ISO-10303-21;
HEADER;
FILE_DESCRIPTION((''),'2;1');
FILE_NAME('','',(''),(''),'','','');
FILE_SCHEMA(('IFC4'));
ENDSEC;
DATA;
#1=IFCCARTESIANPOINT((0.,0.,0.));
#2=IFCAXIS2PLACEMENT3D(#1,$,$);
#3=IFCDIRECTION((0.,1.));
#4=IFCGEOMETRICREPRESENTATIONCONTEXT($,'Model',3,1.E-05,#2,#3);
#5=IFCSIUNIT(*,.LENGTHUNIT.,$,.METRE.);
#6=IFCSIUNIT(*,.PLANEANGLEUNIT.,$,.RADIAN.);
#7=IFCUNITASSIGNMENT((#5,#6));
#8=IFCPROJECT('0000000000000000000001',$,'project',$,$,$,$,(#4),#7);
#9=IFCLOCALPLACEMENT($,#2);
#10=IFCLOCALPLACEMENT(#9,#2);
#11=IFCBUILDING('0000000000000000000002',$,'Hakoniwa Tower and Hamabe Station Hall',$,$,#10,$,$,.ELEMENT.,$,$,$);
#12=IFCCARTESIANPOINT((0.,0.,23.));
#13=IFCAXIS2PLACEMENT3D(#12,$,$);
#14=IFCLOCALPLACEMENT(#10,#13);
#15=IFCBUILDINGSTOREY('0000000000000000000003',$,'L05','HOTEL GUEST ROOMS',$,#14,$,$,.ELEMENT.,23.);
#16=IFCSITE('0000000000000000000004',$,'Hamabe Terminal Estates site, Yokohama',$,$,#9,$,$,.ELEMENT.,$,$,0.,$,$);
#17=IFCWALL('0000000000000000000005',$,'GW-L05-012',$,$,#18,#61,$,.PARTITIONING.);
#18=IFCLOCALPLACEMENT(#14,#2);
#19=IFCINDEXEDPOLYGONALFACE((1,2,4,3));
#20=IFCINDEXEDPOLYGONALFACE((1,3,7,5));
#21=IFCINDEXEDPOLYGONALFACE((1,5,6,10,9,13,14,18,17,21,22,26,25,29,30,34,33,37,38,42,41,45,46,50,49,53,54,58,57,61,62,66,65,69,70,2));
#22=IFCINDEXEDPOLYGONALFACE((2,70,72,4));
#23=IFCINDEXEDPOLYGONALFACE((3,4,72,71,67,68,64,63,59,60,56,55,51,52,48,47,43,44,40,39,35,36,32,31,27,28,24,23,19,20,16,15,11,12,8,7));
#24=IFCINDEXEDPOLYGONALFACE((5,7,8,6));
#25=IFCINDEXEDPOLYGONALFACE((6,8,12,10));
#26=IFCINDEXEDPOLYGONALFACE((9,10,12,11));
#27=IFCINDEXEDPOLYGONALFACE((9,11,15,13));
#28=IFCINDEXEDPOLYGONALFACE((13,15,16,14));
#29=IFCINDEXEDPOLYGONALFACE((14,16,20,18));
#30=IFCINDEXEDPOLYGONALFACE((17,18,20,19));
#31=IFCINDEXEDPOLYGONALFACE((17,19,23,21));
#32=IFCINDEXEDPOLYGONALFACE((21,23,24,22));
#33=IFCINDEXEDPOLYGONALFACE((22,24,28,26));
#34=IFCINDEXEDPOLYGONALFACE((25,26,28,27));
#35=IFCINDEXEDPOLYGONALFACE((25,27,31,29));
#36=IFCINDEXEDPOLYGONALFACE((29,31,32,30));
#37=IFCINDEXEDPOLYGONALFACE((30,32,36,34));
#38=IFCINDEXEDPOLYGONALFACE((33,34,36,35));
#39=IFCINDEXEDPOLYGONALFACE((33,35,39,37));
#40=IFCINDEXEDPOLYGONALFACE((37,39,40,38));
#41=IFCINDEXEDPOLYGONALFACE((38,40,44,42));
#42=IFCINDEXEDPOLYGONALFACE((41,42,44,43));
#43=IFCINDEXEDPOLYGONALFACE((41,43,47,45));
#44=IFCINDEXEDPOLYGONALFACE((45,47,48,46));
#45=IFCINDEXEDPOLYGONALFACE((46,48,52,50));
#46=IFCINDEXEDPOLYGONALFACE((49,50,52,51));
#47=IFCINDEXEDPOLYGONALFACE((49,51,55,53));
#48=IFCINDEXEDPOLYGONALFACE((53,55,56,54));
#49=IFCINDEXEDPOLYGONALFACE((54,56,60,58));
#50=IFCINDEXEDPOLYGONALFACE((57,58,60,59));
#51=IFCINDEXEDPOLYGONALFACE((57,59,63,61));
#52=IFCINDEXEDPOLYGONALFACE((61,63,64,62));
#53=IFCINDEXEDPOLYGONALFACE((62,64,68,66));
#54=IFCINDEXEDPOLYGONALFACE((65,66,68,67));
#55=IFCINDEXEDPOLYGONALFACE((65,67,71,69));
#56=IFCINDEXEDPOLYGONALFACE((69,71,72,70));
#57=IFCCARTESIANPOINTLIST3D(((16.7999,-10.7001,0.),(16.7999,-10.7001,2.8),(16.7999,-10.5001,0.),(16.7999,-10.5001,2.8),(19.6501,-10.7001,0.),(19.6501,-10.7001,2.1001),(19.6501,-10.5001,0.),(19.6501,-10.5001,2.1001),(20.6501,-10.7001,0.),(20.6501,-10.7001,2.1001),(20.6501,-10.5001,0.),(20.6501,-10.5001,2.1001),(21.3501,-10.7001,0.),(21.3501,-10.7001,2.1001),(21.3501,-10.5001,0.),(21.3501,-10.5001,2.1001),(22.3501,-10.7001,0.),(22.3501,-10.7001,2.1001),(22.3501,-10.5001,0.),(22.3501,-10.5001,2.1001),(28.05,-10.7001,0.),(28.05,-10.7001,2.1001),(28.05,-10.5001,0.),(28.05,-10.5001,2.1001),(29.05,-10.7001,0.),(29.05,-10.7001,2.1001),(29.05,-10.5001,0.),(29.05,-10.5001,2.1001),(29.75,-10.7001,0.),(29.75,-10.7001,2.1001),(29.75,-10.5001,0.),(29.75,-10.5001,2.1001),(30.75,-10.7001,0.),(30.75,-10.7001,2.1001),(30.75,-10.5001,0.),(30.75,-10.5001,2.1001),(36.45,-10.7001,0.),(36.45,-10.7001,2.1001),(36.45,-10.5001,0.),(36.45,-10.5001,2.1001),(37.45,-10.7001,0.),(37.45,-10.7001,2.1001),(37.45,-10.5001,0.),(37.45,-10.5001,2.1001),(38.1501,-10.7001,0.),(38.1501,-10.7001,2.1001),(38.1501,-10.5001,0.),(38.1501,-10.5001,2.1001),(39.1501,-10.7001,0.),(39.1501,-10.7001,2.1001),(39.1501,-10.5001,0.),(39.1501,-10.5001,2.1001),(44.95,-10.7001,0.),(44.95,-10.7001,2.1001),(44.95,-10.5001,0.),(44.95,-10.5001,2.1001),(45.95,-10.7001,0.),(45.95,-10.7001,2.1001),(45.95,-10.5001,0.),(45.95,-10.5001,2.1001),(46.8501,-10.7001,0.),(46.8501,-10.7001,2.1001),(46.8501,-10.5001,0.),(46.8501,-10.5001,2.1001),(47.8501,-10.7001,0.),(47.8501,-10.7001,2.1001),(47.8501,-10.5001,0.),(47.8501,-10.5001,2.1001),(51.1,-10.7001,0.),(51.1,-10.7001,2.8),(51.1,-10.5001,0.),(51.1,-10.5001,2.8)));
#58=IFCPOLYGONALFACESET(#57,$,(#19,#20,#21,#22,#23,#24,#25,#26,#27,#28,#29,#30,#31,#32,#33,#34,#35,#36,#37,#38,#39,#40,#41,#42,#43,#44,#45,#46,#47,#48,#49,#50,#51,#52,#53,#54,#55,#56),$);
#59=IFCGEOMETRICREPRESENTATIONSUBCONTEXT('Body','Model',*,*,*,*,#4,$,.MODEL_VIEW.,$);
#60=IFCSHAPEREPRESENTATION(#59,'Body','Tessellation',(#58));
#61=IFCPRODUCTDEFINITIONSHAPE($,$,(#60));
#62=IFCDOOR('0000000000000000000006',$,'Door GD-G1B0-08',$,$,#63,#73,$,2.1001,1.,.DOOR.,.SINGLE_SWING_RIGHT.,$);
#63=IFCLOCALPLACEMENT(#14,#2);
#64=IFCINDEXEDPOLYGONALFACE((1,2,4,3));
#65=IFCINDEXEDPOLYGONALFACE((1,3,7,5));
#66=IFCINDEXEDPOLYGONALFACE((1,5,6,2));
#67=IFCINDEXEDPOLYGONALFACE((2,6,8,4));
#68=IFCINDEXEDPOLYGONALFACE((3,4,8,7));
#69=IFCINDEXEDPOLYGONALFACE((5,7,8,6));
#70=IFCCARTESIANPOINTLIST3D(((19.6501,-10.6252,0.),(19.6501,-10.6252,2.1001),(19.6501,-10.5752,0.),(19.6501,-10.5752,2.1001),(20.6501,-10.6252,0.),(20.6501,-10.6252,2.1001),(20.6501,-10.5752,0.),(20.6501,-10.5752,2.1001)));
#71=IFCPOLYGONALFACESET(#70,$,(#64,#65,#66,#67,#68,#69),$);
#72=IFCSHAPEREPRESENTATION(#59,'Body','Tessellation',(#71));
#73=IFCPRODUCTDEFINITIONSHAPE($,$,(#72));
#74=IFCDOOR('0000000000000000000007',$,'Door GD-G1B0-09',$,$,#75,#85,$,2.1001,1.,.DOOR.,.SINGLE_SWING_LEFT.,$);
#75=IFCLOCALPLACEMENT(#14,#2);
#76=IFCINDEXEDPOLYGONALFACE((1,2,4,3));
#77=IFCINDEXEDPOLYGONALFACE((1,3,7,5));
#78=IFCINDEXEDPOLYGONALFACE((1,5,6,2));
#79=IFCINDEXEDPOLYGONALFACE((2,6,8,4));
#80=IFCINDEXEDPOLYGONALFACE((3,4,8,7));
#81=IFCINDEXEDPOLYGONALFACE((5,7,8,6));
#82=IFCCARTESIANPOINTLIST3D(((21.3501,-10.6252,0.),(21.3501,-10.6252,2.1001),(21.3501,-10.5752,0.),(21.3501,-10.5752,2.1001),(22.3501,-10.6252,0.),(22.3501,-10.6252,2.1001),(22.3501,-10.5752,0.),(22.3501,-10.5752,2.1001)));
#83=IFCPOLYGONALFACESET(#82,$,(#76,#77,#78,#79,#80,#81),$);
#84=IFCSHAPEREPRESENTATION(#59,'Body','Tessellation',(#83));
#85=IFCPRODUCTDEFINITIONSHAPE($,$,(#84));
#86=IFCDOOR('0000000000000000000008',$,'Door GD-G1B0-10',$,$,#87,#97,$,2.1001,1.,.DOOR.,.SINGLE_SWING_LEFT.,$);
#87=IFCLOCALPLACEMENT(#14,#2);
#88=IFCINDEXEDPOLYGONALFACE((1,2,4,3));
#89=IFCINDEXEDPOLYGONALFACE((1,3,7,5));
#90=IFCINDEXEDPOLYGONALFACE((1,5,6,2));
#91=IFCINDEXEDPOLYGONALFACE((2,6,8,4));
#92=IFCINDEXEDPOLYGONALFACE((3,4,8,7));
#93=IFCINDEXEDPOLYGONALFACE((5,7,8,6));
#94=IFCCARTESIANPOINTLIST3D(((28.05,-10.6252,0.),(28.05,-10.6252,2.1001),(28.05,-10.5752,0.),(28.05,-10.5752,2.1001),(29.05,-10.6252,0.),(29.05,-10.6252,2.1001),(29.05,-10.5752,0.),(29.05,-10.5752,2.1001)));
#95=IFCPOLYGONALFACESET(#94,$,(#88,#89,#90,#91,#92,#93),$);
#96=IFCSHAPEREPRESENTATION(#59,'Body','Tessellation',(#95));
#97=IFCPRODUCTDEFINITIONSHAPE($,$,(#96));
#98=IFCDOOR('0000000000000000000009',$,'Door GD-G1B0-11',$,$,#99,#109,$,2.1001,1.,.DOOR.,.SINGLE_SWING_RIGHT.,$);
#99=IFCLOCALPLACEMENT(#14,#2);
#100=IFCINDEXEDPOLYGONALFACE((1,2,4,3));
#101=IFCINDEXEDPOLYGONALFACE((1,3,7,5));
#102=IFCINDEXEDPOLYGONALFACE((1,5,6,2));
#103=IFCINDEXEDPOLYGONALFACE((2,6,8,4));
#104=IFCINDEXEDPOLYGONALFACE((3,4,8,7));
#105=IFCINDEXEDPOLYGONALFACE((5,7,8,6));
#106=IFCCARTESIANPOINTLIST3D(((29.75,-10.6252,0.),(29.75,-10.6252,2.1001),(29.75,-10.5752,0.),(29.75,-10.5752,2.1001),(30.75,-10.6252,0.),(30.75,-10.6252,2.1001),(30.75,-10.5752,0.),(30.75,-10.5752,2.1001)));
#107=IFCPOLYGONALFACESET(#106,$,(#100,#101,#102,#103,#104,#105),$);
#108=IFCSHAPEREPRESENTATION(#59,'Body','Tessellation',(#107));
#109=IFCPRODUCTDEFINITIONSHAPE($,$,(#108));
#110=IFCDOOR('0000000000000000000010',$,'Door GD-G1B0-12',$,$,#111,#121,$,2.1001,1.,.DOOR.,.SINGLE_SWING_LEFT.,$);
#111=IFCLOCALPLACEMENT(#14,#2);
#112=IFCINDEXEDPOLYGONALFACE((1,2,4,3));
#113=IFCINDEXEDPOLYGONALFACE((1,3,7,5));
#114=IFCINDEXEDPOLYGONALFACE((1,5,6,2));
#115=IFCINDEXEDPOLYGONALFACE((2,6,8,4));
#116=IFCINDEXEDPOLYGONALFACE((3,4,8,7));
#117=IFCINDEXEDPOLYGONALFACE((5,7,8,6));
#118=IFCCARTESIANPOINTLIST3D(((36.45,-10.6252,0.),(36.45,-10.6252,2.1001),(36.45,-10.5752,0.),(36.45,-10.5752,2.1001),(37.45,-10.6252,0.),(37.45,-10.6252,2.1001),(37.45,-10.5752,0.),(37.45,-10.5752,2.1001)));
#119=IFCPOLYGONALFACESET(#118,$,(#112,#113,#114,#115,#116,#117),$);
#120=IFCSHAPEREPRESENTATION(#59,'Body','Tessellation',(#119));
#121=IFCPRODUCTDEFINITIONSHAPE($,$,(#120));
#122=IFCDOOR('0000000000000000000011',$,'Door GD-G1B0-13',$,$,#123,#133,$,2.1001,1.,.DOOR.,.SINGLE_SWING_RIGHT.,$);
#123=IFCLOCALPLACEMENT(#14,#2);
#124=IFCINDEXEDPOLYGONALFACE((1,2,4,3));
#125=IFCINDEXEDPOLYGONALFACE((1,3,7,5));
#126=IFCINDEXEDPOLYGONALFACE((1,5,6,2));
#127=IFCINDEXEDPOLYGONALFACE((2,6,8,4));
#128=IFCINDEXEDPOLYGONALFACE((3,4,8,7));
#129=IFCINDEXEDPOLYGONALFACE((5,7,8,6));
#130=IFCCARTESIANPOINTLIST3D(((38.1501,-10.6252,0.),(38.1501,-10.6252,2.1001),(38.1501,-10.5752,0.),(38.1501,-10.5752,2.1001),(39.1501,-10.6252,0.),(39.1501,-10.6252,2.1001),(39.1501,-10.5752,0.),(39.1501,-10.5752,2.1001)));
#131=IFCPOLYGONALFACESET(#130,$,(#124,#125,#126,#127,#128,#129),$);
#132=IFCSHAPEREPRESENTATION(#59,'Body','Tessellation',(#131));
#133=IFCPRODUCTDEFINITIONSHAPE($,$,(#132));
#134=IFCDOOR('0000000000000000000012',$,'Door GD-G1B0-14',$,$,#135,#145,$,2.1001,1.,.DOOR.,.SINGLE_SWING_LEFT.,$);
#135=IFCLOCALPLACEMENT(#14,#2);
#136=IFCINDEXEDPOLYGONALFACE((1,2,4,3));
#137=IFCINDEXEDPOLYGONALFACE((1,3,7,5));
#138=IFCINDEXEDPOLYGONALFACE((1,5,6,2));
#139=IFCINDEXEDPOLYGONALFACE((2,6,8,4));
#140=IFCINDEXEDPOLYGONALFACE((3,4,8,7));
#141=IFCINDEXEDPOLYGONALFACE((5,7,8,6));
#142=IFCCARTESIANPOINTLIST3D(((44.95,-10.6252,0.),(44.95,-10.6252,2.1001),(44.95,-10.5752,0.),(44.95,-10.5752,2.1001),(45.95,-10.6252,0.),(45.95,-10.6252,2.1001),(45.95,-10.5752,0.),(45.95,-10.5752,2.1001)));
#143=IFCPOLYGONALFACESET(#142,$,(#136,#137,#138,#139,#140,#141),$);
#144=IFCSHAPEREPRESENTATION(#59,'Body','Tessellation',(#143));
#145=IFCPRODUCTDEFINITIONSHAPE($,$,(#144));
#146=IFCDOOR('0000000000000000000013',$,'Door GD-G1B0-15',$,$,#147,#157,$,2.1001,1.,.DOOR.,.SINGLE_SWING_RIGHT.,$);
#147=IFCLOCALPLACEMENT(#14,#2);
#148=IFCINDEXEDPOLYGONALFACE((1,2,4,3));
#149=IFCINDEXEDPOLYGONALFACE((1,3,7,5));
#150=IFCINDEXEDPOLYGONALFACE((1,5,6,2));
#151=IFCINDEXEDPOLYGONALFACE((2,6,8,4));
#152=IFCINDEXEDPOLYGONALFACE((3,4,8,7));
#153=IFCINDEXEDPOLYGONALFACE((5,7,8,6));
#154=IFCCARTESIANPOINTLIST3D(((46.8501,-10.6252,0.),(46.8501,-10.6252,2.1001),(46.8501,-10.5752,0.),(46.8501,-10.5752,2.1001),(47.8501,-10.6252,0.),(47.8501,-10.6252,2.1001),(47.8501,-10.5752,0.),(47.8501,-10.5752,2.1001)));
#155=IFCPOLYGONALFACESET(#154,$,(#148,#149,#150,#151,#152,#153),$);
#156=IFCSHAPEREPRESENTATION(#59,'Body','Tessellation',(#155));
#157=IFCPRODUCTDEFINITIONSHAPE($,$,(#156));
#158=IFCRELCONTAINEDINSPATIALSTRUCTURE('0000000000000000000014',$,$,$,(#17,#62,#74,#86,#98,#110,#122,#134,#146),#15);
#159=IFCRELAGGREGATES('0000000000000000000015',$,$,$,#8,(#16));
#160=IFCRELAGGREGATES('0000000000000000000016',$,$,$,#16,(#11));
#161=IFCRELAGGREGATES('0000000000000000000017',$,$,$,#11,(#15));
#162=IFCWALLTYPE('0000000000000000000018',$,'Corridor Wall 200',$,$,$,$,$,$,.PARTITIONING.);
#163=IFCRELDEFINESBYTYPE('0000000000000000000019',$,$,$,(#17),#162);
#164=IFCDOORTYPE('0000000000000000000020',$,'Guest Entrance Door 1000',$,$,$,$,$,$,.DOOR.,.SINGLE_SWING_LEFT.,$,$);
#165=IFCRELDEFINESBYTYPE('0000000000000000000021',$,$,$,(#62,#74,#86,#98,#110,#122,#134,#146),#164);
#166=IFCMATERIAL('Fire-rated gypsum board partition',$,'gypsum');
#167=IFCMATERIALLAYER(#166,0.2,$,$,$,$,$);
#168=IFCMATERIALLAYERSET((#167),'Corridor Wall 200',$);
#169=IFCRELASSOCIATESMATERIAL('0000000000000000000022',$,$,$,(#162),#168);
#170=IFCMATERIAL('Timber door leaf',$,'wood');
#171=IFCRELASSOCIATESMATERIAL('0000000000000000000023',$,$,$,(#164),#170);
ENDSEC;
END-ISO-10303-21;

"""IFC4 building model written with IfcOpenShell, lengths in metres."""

from ifc_helpers import new_model, si_unit, direction, frame, frame_2d, origin, place, context, subcontext, project, spatial, rectangle, extrude, material, layer, layer_set, type_object, element, fill, save


model = new_model("IFC4")

# Units and contexts
model_context = context("Model", 3, precision=1e-05, world=origin(), true_north=direction((0.0, 1.0)))
body_context = subcontext(model_context, "Body", "Model", "MODEL_VIEW")
ifc_project = project(units=[si_unit("LENGTHUNIT", "METRE"), si_unit("PLANEANGLEUNIT", "RADIAN")], contexts=[model_context])

# Site, building, storey
site_placement = place(None, origin())
site = spatial("IfcSite", under=ifc_project, at=site_placement, Name="Hamabe Terminal Estates site, Yokohama", CompositionType="ELEMENT", RefElevation=0.0)
building_placement = place(site_placement, origin())
building = spatial("IfcBuilding", under=site, at=building_placement, Name="Hakoniwa Tower and Hamabe Station Hall", CompositionType="ELEMENT")
storey_placement = place(building_placement, frame((0.0, 0.0, 23.0)))
storey = spatial("IfcBuildingStorey", under=building, at=storey_placement, Name="L05", Description="HOTEL GUEST ROOMS", CompositionType="ELEMENT", Elevation=23.0)

# Wall, openings, doors
ifc_material_1 = material(Name="Fire-rated gypsum board partition", Category="gypsum")
ifc_layer_1 = layer(ifc_material_1, 0.2)
ifc_layer_set_1 = layer_set([ifc_layer_1], Name="Corridor Wall 200")
wall_type_1 = type_object("IfcWallType", Name="Corridor Wall 200", PredefinedType="PARTITIONING", material=ifc_layer_set_1)
wall_1_placement = place(storey_placement, frame((16.8, -10.6001, 0.0), z_axis=(0.0, 0.0, 1.0), x_axis=(1.0, 0.0, 0.0)))
wall_1 = element("IfcWall", 1, at=wall_1_placement, inside=storey, type_object=wall_type_1, Name="GW-L05-012", PredefinedType="PARTITIONING", context=body_context, shape_type="SweptSolid", body=[
    extrude(rectangle(XDim=34.3, YDim=0.2, at=frame_2d((17.1499, 0.0))), origin(), (0.0, 0.0, 1.0), 2.8),
])
opening_1_placement = place(wall_1_placement, frame((2.8501, 0.0, 0.0)))
opening_1 = element("IfcOpeningElement", 2, at=opening_1_placement, cuts=wall_1, PredefinedType="OPENING", context=body_context, shape_type="SweptSolid", body=[
    extrude(rectangle(XDim=1.0, YDim=2.1001, at=frame_2d((0.5, 1.05))), frame((0.0, 0.1099, 0.0), z_axis=(0.0, -1.0, 0.0), x_axis=(1.0, 0.0, 0.0)), (0.0, 0.0, 1.0), 0.22),
])
opening_2_placement = place(wall_1_placement, frame((4.55, 0.0, 0.0)))
opening_2 = element("IfcOpeningElement", 3, at=opening_2_placement, cuts=wall_1, PredefinedType="OPENING", context=body_context, shape_type="SweptSolid", body=[
    extrude(rectangle(XDim=1.0, YDim=2.1001, at=frame_2d((0.5, 1.05))), frame((0.0, 0.1099, 0.0), z_axis=(0.0, -1.0, 0.0), x_axis=(1.0, 0.0, 0.0)), (0.0, 0.0, 1.0), 0.22),
])
opening_3_placement = place(wall_1_placement, frame((11.25, 0.0, 0.0)))
opening_3 = element("IfcOpeningElement", 4, at=opening_3_placement, cuts=wall_1, PredefinedType="OPENING", context=body_context, shape_type="SweptSolid", body=[
    extrude(rectangle(XDim=1.0, YDim=2.1001, at=frame_2d((0.5, 1.05))), frame((0.0, 0.1099, 0.0), z_axis=(0.0, -1.0, 0.0), x_axis=(1.0, 0.0, 0.0)), (0.0, 0.0, 1.0), 0.22),
])
opening_4_placement = place(wall_1_placement, frame((12.95, 0.0, 0.0)))
opening_4 = element("IfcOpeningElement", 5, at=opening_4_placement, cuts=wall_1, PredefinedType="OPENING", context=body_context, shape_type="SweptSolid", body=[
    extrude(rectangle(XDim=1.0, YDim=2.1001, at=frame_2d((0.5, 1.05))), frame((0.0, 0.1099, 0.0), z_axis=(0.0, -1.0, 0.0), x_axis=(1.0, 0.0, 0.0)), (0.0, 0.0, 1.0), 0.22),
])
opening_5_placement = place(wall_1_placement, frame((19.6499, 0.0, 0.0)))
opening_5 = element("IfcOpeningElement", 6, at=opening_5_placement, cuts=wall_1, PredefinedType="OPENING", context=body_context, shape_type="SweptSolid", body=[
    extrude(rectangle(XDim=1.0, YDim=2.1001, at=frame_2d((0.5, 1.05))), frame((0.0, 0.1099, 0.0), z_axis=(0.0, -1.0, 0.0), x_axis=(1.0, 0.0, 0.0)), (0.0, 0.0, 1.0), 0.22),
])
opening_6_placement = place(wall_1_placement, frame((21.3501, 0.0, 0.0)))
opening_6 = element("IfcOpeningElement", 7, at=opening_6_placement, cuts=wall_1, PredefinedType="OPENING", context=body_context, shape_type="SweptSolid", body=[
    extrude(rectangle(XDim=1.0, YDim=2.1001, at=frame_2d((0.5, 1.05))), frame((0.0, 0.1099, 0.0), z_axis=(0.0, -1.0, 0.0), x_axis=(1.0, 0.0, 0.0)), (0.0, 0.0, 1.0), 0.22),
])
opening_7_placement = place(wall_1_placement, frame((28.1499, 0.0, 0.0)))
opening_7 = element("IfcOpeningElement", 8, at=opening_7_placement, cuts=wall_1, PredefinedType="OPENING", context=body_context, shape_type="SweptSolid", body=[
    extrude(rectangle(XDim=1.0, YDim=2.1001, at=frame_2d((0.5, 1.05))), frame((0.0, 0.1099, 0.0), z_axis=(0.0, -1.0, 0.0), x_axis=(1.0, 0.0, 0.0)), (0.0, 0.0, 1.0), 0.22),
])
opening_8_placement = place(wall_1_placement, frame((30.05, 0.0, 0.0)))
opening_8 = element("IfcOpeningElement", 9, at=opening_8_placement, cuts=wall_1, PredefinedType="OPENING", context=body_context, shape_type="SweptSolid", body=[
    extrude(rectangle(XDim=1.0, YDim=2.1001, at=frame_2d((0.5, 1.05))), frame((0.0, 0.1099, 0.0), z_axis=(0.0, -1.0, 0.0), x_axis=(1.0, 0.0, 0.0)), (0.0, 0.0, 1.0), 0.22),
])
ifc_material_2 = material(Name="Timber door leaf", Category="wood")
door_type_1 = type_object("IfcDoorType", Name="Guest Entrance Door 1000", OperationType="SINGLE_SWING_LEFT", PredefinedType="DOOR", material=ifc_material_2)
door_1_placement = place(opening_1_placement, origin())
door_1 = element("IfcDoor", 10, at=door_1_placement, inside=storey, type_object=door_type_1, Name="Door GD-G1B0-08", OperationType="SINGLE_SWING_RIGHT", OverallHeight=2.1001, OverallWidth=1.0, PredefinedType="DOOR", context=body_context, shape_type="SweptSolid", body=[
    extrude(rectangle(XDim=1.0, YDim=2.1001, at=frame_2d((0.5, 1.05))), frame((0.0, 0.0249, 0.0), z_axis=(0.0, -1.0, 0.0), x_axis=(1.0, 0.0, 0.0)), (0.0, 0.0, 1.0), 0.05),
])
fill(opening_1, door_1)
door_2_placement = place(opening_2_placement, origin())
door_2 = element("IfcDoor", 11, at=door_2_placement, inside=storey, type_object=door_type_1, Name="Door GD-G1B0-09", OperationType="SINGLE_SWING_LEFT", OverallHeight=2.1001, OverallWidth=1.0, PredefinedType="DOOR", context=body_context, shape_type="SweptSolid", body=[
    extrude(rectangle(XDim=1.0, YDim=2.1001, at=frame_2d((0.5, 1.05))), frame((0.0, 0.0249, 0.0), z_axis=(0.0, -1.0, 0.0), x_axis=(1.0, 0.0, 0.0)), (0.0, 0.0, 1.0), 0.05),
])
fill(opening_2, door_2)
door_3_placement = place(opening_3_placement, origin())
door_3 = element("IfcDoor", 12, at=door_3_placement, inside=storey, type_object=door_type_1, Name="Door GD-G1B0-10", OperationType="SINGLE_SWING_LEFT", OverallHeight=2.1001, OverallWidth=1.0, PredefinedType="DOOR", context=body_context, shape_type="SweptSolid", body=[
    extrude(rectangle(XDim=1.0, YDim=2.1001, at=frame_2d((0.5, 1.05))), frame((0.0, 0.0249, 0.0), z_axis=(0.0, -1.0, 0.0), x_axis=(1.0, 0.0, 0.0)), (0.0, 0.0, 1.0), 0.05),
])
fill(opening_3, door_3)
door_4_placement = place(opening_4_placement, origin())
door_4 = element("IfcDoor", 13, at=door_4_placement, inside=storey, type_object=door_type_1, Name="Door GD-G1B0-11", OperationType="SINGLE_SWING_RIGHT", OverallHeight=2.1001, OverallWidth=1.0, PredefinedType="DOOR", context=body_context, shape_type="SweptSolid", body=[
    extrude(rectangle(XDim=1.0, YDim=2.1001, at=frame_2d((0.5, 1.05))), frame((0.0, 0.0249, 0.0), z_axis=(0.0, -1.0, 0.0), x_axis=(1.0, 0.0, 0.0)), (0.0, 0.0, 1.0), 0.05),
])
fill(opening_4, door_4)
door_5_placement = place(opening_5_placement, origin())
door_5 = element("IfcDoor", 14, at=door_5_placement, inside=storey, type_object=door_type_1, Name="Door GD-G1B0-12", OperationType="SINGLE_SWING_LEFT", OverallHeight=2.1001, OverallWidth=1.0, PredefinedType="DOOR", context=body_context, shape_type="SweptSolid", body=[
    extrude(rectangle(XDim=1.0, YDim=2.1001, at=frame_2d((0.5, 1.05))), frame((0.0, 0.0249, 0.0), z_axis=(0.0, -1.0, 0.0), x_axis=(1.0, 0.0, 0.0)), (0.0, 0.0, 1.0), 0.05),
])
fill(opening_5, door_5)
door_6_placement = place(opening_6_placement, origin())
door_6 = element("IfcDoor", 15, at=door_6_placement, inside=storey, type_object=door_type_1, Name="Door GD-G1B0-13", OperationType="SINGLE_SWING_RIGHT", OverallHeight=2.1001, OverallWidth=1.0, PredefinedType="DOOR", context=body_context, shape_type="SweptSolid", body=[
    extrude(rectangle(XDim=1.0, YDim=2.1001, at=frame_2d((0.5, 1.05))), frame((0.0, 0.0249, 0.0), z_axis=(0.0, -1.0, 0.0), x_axis=(1.0, 0.0, 0.0)), (0.0, 0.0, 1.0), 0.05),
])
fill(opening_6, door_6)
door_7_placement = place(opening_7_placement, origin())
door_7 = element("IfcDoor", 16, at=door_7_placement, inside=storey, type_object=door_type_1, Name="Door GD-G1B0-14", OperationType="SINGLE_SWING_LEFT", OverallHeight=2.1001, OverallWidth=1.0, PredefinedType="DOOR", context=body_context, shape_type="SweptSolid", body=[
    extrude(rectangle(XDim=1.0, YDim=2.1001, at=frame_2d((0.5, 1.05))), frame((0.0, 0.0249, 0.0), z_axis=(0.0, -1.0, 0.0), x_axis=(1.0, 0.0, 0.0)), (0.0, 0.0, 1.0), 0.05),
])
fill(opening_7, door_7)
door_8_placement = place(opening_8_placement, origin())
door_8 = element("IfcDoor", 17, at=door_8_placement, inside=storey, type_object=door_type_1, Name="Door GD-G1B0-15", OperationType="SINGLE_SWING_RIGHT", OverallHeight=2.1001, OverallWidth=1.0, PredefinedType="DOOR", context=body_context, shape_type="SweptSolid", body=[
    extrude(rectangle(XDim=1.0, YDim=2.1001, at=frame_2d((0.5, 1.05))), frame((0.0, 0.0249, 0.0), z_axis=(0.0, -1.0, 0.0), x_axis=(1.0, 0.0, 0.0)), (0.0, 0.0, 1.0), 0.05),
])
fill(opening_8, door_8)

save(model, "model.ifc")
